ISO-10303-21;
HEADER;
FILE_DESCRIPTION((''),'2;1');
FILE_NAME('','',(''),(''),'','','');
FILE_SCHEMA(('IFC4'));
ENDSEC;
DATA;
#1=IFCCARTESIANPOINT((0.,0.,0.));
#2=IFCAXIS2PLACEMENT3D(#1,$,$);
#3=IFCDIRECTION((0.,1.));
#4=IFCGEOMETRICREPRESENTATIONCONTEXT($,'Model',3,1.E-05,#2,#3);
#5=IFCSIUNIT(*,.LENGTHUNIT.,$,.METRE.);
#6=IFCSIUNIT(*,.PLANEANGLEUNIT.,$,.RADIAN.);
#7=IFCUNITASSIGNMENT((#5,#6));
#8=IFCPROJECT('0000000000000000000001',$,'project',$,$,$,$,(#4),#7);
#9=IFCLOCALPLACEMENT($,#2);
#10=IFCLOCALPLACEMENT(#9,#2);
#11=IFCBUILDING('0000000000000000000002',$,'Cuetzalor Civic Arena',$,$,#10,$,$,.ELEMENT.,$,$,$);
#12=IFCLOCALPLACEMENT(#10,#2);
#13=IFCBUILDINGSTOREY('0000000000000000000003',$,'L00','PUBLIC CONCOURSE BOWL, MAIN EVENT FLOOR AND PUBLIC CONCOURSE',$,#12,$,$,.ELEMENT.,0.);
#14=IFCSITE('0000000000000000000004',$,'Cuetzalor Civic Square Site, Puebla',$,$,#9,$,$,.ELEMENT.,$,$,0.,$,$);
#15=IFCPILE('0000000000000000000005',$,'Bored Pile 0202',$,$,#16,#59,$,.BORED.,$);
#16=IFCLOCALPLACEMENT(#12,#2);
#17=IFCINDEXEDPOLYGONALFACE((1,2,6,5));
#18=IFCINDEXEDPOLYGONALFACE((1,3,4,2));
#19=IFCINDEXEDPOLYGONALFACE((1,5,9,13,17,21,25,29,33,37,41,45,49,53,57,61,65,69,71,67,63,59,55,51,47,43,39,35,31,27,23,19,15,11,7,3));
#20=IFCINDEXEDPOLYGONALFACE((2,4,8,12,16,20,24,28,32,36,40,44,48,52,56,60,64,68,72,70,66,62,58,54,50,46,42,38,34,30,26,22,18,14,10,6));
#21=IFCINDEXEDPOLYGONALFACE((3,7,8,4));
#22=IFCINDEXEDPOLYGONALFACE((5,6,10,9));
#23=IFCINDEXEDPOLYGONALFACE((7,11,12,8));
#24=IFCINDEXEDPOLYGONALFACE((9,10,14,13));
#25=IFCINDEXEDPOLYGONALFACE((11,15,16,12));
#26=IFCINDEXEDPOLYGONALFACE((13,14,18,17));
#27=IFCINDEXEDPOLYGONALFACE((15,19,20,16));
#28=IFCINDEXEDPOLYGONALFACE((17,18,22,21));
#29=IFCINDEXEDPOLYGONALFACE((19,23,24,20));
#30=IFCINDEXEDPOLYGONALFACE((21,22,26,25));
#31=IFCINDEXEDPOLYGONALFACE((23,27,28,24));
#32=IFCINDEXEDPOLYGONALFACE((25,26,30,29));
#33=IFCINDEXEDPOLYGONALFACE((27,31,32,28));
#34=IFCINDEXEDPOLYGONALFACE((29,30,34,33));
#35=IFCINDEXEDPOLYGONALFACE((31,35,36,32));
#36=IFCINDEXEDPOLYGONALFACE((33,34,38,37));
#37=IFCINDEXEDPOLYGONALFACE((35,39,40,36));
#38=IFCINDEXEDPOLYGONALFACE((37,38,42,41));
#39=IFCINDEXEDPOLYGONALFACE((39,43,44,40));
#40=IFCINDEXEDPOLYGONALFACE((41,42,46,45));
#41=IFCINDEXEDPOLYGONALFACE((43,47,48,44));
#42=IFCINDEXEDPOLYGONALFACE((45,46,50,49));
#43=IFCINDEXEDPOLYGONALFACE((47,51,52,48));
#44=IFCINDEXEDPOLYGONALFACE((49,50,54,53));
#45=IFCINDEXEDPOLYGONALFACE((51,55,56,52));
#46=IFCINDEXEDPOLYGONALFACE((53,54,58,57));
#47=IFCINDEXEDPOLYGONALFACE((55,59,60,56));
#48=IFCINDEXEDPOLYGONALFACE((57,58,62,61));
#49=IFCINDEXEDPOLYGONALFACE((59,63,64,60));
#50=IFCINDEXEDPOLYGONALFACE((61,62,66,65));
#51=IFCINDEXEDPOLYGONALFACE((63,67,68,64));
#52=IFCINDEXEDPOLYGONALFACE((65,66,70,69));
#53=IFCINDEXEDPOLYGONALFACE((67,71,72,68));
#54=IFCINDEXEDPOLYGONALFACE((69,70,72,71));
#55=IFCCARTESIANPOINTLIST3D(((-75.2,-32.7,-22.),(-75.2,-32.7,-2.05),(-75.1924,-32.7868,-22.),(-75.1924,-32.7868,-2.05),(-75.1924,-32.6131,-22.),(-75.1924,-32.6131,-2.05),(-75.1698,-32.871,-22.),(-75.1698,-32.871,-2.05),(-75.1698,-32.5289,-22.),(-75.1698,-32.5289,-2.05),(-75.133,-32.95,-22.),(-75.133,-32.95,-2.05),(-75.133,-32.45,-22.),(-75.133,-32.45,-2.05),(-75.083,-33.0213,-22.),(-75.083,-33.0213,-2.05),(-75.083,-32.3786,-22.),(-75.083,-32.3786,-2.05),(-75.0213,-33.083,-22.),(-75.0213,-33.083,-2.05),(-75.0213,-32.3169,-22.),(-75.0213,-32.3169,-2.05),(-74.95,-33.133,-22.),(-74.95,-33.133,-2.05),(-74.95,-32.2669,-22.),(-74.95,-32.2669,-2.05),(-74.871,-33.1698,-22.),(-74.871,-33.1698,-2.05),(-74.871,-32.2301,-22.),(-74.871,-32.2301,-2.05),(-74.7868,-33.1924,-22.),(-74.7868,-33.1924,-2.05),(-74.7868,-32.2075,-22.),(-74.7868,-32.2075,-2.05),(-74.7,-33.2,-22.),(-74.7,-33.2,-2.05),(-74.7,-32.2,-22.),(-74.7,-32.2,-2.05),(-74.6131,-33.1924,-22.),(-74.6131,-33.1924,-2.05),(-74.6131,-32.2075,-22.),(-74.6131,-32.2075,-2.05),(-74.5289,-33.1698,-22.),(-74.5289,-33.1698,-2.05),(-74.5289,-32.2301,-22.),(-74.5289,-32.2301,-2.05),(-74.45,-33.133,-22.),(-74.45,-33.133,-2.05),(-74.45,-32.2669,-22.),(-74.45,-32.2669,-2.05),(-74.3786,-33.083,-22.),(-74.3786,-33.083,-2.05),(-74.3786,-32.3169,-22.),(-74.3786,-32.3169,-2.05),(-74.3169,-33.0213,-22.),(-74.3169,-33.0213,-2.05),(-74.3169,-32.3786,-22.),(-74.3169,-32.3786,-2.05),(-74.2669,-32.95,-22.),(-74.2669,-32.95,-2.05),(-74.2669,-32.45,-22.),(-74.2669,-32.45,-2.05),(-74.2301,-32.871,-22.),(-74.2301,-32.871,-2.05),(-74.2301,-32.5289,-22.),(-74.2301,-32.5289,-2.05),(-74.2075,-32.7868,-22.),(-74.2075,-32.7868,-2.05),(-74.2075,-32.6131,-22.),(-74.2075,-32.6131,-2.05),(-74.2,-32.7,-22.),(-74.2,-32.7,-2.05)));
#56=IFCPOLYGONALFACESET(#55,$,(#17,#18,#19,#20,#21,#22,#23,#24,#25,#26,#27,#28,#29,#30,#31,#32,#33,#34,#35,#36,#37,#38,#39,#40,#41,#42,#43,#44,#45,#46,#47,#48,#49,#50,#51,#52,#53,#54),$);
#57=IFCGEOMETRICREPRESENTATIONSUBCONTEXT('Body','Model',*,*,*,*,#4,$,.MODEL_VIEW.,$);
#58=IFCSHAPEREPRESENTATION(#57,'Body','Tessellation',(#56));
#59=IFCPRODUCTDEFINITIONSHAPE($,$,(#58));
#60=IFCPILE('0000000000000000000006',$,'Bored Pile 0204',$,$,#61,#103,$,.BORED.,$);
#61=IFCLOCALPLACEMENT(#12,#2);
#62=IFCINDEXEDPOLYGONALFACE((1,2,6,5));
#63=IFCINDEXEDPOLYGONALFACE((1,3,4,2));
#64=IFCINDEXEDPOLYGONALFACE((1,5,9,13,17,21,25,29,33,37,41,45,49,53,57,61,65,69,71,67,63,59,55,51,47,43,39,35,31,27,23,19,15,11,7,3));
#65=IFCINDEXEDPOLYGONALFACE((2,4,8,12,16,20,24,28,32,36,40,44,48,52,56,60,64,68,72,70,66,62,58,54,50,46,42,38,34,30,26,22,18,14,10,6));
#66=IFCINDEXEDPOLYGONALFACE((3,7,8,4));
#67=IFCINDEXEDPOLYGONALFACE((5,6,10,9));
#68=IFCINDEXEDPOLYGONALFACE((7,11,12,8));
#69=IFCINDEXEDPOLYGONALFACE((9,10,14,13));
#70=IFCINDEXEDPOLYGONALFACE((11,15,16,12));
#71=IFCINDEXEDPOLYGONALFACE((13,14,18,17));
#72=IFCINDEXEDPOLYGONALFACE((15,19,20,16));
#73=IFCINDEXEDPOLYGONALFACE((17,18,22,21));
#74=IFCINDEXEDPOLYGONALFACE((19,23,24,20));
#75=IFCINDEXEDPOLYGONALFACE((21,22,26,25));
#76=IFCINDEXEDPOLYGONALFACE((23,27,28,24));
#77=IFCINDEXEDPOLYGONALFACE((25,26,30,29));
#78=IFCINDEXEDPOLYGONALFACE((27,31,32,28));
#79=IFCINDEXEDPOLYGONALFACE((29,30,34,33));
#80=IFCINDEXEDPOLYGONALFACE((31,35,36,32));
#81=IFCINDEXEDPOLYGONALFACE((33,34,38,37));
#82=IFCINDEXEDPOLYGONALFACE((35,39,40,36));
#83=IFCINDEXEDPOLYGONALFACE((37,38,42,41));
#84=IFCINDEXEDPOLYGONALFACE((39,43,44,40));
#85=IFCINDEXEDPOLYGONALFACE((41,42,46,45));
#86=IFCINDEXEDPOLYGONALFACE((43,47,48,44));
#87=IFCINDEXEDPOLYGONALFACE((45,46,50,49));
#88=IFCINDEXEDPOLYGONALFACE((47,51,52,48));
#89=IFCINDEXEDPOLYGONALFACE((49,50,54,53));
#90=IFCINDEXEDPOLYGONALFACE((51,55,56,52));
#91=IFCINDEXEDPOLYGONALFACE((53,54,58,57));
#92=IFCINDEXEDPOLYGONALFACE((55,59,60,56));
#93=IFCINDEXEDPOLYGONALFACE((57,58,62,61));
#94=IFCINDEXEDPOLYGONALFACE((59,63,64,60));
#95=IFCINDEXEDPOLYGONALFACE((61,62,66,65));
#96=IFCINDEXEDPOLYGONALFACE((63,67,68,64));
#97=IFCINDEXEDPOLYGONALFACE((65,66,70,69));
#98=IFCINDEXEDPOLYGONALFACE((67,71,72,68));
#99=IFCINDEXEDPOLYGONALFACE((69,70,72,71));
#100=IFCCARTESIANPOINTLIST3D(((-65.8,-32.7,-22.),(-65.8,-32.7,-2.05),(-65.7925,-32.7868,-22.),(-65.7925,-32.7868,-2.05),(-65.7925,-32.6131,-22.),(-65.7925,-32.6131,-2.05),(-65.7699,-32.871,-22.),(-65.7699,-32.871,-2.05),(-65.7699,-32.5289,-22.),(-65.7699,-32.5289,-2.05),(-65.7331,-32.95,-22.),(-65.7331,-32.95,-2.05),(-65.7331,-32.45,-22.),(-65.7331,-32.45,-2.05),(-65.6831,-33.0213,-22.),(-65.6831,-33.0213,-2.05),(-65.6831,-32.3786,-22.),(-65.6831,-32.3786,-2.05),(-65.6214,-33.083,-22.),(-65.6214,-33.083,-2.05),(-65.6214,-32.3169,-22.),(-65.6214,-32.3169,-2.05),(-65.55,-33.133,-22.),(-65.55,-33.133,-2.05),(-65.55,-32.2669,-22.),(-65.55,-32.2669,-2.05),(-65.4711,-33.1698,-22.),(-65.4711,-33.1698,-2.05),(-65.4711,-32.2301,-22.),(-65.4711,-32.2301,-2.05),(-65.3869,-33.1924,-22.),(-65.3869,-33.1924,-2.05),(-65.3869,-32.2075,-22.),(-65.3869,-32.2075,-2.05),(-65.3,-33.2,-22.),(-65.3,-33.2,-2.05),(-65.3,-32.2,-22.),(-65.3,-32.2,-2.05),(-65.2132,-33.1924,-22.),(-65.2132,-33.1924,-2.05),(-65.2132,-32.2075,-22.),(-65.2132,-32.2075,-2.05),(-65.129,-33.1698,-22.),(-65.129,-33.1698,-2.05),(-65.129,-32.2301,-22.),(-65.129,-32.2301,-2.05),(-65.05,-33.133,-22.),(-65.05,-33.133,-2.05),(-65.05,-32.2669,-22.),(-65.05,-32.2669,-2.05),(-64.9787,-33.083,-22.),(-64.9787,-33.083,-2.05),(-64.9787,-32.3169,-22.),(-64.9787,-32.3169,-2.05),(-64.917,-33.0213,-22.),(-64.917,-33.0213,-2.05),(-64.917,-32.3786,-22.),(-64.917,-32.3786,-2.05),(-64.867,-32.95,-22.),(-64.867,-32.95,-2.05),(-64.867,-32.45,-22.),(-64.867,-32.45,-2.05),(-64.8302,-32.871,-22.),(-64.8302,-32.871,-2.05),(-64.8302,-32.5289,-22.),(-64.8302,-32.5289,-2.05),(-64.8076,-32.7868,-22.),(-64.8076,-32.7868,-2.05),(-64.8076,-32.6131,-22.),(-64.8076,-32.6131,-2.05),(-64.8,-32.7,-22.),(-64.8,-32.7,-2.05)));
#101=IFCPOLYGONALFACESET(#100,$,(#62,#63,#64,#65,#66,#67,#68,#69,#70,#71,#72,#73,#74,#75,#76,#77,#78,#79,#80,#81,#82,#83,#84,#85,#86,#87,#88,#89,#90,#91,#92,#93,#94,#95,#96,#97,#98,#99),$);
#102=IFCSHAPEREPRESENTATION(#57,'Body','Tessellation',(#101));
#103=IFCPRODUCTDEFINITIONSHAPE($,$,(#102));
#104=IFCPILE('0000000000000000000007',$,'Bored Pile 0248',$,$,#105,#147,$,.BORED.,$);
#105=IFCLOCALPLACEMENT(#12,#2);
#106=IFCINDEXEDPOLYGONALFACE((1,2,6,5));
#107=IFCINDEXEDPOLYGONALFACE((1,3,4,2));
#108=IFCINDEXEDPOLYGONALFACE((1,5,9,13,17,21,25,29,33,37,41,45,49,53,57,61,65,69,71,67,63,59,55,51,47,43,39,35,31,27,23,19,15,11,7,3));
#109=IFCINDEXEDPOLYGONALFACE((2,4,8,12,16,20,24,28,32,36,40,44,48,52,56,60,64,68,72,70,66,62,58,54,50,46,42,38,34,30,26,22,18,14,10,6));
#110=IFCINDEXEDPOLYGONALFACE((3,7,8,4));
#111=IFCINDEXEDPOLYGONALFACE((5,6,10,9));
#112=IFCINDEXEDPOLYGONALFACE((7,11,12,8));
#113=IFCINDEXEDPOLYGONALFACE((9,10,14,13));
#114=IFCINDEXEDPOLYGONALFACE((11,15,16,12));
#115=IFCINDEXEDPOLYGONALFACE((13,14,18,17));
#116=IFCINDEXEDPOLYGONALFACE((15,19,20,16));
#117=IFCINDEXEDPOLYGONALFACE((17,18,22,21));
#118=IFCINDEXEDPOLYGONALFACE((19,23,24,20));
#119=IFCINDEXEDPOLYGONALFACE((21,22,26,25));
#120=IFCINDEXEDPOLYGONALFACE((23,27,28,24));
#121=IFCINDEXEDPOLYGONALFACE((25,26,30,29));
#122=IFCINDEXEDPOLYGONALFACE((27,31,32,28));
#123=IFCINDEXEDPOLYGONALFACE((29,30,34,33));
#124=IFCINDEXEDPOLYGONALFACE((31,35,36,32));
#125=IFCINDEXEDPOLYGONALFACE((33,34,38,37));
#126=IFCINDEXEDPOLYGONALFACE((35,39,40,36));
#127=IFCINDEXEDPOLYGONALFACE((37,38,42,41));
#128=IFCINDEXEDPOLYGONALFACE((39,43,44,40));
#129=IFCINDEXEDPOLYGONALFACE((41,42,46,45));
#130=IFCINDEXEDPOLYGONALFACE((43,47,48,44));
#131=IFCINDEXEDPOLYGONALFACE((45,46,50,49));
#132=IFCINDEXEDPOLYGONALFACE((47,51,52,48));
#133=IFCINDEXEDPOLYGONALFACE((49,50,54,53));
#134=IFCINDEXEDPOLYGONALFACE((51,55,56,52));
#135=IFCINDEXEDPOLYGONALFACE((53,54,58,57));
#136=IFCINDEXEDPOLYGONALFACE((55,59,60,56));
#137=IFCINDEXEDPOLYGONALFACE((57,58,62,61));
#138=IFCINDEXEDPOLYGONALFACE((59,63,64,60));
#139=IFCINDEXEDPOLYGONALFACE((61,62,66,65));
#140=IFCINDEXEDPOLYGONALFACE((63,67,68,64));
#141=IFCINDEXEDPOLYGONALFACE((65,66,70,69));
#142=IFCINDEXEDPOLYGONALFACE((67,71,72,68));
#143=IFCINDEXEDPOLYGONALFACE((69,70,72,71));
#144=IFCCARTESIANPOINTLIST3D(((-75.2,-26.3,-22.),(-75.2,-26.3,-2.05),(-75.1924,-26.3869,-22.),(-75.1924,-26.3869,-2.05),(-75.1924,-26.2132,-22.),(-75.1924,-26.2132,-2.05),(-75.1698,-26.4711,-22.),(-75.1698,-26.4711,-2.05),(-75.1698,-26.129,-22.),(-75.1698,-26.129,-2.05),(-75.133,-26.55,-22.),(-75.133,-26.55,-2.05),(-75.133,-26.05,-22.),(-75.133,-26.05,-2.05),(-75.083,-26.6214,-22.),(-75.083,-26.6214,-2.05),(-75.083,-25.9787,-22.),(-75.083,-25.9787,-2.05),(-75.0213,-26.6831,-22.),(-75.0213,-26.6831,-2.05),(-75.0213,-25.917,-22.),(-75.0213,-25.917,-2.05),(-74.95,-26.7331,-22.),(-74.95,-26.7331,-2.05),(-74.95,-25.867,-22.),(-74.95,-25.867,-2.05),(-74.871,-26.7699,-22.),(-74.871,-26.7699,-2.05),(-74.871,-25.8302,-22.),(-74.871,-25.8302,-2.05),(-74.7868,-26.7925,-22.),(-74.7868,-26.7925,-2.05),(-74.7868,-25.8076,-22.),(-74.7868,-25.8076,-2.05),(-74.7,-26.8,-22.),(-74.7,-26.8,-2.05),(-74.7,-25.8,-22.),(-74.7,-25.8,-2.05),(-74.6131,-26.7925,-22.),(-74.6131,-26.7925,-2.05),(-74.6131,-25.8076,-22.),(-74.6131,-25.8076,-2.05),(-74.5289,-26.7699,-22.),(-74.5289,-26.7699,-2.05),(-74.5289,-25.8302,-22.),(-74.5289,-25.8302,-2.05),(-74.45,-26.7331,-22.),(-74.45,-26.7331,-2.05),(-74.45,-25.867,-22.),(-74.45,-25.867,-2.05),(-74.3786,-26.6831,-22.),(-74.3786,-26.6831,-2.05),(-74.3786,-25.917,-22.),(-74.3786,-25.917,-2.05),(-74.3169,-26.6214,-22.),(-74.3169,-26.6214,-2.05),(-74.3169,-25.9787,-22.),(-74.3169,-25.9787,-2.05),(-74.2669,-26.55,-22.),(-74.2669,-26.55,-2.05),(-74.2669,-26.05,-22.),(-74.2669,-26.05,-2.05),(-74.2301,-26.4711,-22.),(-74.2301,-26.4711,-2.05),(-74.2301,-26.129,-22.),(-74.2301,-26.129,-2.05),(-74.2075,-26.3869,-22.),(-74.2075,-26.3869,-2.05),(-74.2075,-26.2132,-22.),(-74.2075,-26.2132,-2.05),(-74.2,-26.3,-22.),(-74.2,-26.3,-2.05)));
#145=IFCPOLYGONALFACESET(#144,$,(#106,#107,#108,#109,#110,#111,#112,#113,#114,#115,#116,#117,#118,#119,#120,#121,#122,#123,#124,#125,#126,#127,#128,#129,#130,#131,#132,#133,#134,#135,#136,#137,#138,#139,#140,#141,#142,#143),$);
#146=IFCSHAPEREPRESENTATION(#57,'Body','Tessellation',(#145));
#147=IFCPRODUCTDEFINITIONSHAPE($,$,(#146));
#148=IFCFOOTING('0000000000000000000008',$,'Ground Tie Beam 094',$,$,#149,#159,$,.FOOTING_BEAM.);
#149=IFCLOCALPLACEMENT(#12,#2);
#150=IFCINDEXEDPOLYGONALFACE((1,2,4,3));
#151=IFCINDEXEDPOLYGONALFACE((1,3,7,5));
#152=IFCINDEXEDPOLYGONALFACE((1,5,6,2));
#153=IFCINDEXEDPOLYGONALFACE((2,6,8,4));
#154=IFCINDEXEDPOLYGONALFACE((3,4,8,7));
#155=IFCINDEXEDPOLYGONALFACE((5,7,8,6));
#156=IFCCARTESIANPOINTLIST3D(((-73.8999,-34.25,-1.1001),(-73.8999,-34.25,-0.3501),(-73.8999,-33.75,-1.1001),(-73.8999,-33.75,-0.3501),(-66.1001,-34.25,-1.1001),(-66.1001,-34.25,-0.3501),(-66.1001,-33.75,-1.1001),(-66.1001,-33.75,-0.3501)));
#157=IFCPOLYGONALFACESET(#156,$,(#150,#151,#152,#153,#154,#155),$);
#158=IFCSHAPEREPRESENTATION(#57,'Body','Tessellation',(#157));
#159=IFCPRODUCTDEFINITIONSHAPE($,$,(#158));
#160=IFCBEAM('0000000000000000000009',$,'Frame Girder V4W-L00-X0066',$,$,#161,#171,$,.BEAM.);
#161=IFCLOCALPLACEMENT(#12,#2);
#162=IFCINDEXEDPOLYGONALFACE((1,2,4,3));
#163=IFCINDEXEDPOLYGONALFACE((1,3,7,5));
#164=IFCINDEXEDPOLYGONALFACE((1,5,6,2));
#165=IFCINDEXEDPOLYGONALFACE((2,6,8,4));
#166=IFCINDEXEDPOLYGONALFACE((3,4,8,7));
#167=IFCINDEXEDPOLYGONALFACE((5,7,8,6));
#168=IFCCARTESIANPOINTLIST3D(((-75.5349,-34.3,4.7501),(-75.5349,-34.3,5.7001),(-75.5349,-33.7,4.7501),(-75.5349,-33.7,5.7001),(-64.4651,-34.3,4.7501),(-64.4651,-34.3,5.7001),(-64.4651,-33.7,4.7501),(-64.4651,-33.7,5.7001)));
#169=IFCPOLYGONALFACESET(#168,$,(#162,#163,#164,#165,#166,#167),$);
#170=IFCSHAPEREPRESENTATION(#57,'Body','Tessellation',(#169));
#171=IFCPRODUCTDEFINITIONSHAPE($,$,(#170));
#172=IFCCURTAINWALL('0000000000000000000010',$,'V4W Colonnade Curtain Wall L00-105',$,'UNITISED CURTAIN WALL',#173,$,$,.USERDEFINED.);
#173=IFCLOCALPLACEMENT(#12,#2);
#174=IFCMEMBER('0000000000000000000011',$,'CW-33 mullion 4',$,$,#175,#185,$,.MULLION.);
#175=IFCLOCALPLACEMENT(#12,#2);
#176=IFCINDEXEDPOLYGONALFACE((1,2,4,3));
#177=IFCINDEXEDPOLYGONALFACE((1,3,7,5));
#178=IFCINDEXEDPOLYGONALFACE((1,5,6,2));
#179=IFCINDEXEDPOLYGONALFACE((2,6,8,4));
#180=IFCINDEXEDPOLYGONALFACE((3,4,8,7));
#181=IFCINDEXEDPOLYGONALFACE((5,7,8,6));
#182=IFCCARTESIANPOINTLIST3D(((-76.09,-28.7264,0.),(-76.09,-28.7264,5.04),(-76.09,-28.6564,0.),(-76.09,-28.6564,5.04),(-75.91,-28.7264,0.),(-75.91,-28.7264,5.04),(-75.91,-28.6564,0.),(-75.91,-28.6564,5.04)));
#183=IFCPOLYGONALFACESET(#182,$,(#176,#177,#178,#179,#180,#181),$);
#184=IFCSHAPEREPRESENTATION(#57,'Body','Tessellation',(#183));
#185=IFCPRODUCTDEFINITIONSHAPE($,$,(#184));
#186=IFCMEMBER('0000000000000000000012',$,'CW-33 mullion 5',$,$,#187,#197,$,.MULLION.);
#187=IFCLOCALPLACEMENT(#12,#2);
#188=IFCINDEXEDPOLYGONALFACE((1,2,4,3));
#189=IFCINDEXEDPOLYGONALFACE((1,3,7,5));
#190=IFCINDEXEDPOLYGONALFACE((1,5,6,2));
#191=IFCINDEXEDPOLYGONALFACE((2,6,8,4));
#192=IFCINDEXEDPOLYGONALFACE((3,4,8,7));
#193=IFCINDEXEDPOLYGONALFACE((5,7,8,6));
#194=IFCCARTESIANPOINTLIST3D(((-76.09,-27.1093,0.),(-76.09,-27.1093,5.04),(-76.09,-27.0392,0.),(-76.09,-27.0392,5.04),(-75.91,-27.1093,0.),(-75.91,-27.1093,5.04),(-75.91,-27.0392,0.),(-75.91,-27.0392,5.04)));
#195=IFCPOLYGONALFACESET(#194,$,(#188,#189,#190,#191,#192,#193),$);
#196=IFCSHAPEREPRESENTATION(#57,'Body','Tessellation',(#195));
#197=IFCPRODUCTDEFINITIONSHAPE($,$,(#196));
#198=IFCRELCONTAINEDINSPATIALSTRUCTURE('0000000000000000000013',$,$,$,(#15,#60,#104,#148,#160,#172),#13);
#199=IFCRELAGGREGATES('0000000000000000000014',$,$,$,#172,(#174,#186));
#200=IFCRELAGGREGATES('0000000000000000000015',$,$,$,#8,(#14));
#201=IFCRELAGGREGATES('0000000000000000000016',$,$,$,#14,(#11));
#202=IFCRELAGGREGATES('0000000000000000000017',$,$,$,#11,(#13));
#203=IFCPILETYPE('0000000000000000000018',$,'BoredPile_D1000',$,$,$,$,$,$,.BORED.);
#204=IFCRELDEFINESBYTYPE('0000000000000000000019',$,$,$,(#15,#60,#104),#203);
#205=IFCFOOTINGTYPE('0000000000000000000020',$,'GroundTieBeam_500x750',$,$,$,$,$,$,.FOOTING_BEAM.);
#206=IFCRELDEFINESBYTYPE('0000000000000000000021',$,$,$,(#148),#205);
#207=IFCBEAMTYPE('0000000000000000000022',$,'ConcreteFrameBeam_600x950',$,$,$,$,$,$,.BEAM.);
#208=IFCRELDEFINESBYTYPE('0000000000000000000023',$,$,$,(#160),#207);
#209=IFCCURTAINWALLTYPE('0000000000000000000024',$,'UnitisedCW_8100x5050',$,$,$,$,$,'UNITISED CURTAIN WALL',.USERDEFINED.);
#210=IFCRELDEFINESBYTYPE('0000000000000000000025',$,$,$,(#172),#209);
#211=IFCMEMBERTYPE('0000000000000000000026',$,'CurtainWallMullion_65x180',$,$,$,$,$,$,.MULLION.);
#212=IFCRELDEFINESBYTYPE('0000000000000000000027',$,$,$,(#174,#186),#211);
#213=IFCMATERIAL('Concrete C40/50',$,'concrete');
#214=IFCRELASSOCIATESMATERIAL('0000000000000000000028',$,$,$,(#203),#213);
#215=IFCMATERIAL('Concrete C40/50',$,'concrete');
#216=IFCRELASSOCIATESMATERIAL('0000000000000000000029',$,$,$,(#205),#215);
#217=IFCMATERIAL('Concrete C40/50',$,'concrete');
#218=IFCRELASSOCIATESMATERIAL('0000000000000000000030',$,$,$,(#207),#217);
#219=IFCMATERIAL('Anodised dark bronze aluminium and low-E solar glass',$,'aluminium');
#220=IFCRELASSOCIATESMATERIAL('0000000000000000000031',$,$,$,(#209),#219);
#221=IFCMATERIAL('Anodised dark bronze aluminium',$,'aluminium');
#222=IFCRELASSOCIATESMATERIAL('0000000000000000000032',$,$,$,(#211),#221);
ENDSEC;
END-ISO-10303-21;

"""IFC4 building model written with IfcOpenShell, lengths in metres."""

from ifc_helpers import new_model, si_unit, direction, frame, origin, origin_2d, place, context, subcontext, project, spatial, rectangle, circle, extrude, material, material_profile, profile_set, type_object, element, aggregate, save


model = new_model("IFC4")

# Units and contexts
model_context = context("Model", 3, precision=1e-05, world=origin(), true_north=direction((0.0, 1.0)))
body_context = subcontext(model_context, "Body", "Model", "MODEL_VIEW")
ifc_project = project(units=[si_unit("LENGTHUNIT", "METRE"), si_unit("PLANEANGLEUNIT", "RADIAN")], contexts=[model_context])

# Site, building, storey
site_placement = place(None, origin())
site = spatial("IfcSite", under=ifc_project, at=site_placement, Name="Cuetzalor Civic Square Site, Puebla", CompositionType="ELEMENT", RefElevation=0.0)
building_placement = place(site_placement, origin())
building = spatial("IfcBuilding", under=site, at=building_placement, Name="Cuetzalor Civic Arena", CompositionType="ELEMENT")
storey_placement = place(building_placement, origin())
storey = spatial("IfcBuildingStorey", under=building, at=storey_placement, Name="L00", Description="PUBLIC CONCOURSE BOWL, MAIN EVENT FLOOR AND PUBLIC CONCOURSE", CompositionType="ELEMENT", Elevation=0.0)

# Piles
ifc_material_1 = material(Name="Concrete C40/50", Category="concrete")
ifc_material_profile_1 = material_profile(ifc_material_1, circle(Radius=0.5, at=origin_2d()), Name="BORED PILE D1000")
ifc_profile_set_1 = profile_set([ifc_material_profile_1], Name="Concrete C40/50")
pile_type = type_object("IfcPileType", Name="BoredPile_D1000", PredefinedType="BORED", material=ifc_profile_set_1)
for number, where, z_axis, x_axis, name in (
    (1, (-74.7, -32.7, -2.05), (0.0, 0.0, -1.0), (1.0, 0.0, 0.0), "Bored Pile 0202"),
    (2, (-65.3, -32.7, -2.05), (0.0, 0.0, -1.0), (1.0, 0.0, 0.0), "Bored Pile 0204"),
    (3, (-74.7, -26.3, -2.05), (0.0, 0.0, -1.0), (1.0, 0.0, 0.0), "Bored Pile 0248"),
):
    element("IfcPile", number, at=place(storey_placement, frame(where, z_axis=z_axis, x_axis=x_axis)), inside=storey, type_object=pile_type, Name=name, PredefinedType="BORED", context=body_context, shape_type="SweptSolid", body=[
        extrude(circle(Radius=0.5, at=origin_2d()), origin(), (0.0, 0.0, 1.0), 19.95),
    ])

# Footing
ifc_material_2 = material(Name="Concrete C40/50", Category="concrete")
ifc_material_profile_2 = material_profile(ifc_material_2, rectangle(XDim=0.5, YDim=0.75, at=origin_2d()), Name="RC 500x750")
ifc_profile_set_2 = profile_set([ifc_material_profile_2], Name="Concrete C40/50")
footing_type = type_object("IfcFootingType", Name="GroundTieBeam_500x750", PredefinedType="FOOTING_BEAM", material=ifc_profile_set_2)
footing_placement = place(storey_placement, frame((-73.8999, -34.0, -0.7251), z_axis=(1.0, 0.0, 0.0), x_axis=(0.0, 1.0, 0.0)))
element("IfcFooting", 4, at=footing_placement, inside=storey, type_object=footing_type, Name="Ground Tie Beam 094", PredefinedType="FOOTING_BEAM", context=body_context, shape_type="SweptSolid", body=[
    extrude(rectangle(XDim=0.5, YDim=0.75, at=origin_2d()), origin(), (0.0, 0.0, 1.0), 7.7998),
])

# Beam
ifc_material_3 = material(Name="Concrete C40/50", Category="concrete")
ifc_material_profile_3 = material_profile(ifc_material_3, rectangle(XDim=0.6001, YDim=0.95, at=origin_2d()), Name="RC 600x950")
ifc_profile_set_3 = profile_set([ifc_material_profile_3], Name="Concrete C40/50")
beam_type = type_object("IfcBeamType", Name="ConcreteFrameBeam_600x950", PredefinedType="BEAM", material=ifc_profile_set_3)
beam_placement = place(storey_placement, frame((-75.5349, -34.0, 5.2251), z_axis=(1.0, 0.0, 0.0), x_axis=(0.0, 1.0, 0.0)))
element("IfcBeam", 5, at=beam_placement, inside=storey, type_object=beam_type, Name="Frame Girder V4W-L00-X0066", PredefinedType="BEAM", context=body_context, shape_type="SweptSolid", body=[
    extrude(rectangle(XDim=0.6001, YDim=0.95, at=origin_2d()), origin(), (0.0, 0.0, 1.0), 11.0698),
])

# Curtain wall, members
ifc_material_4 = material(Name="Anodised dark bronze aluminium and low-E solar glass", Category="aluminium")
curtain_wall_type = type_object("IfcCurtainWallType", Name="UnitisedCW_8100x5050", ElementType="UNITISED CURTAIN WALL", PredefinedType="USERDEFINED", material=ifc_material_4)
curtain_wall_placement = place(storey_placement, origin())
curtain_wall = element("IfcCurtainWall", 6, at=curtain_wall_placement, inside=storey, type_object=curtain_wall_type, Name="V4W Colonnade Curtain Wall L00-105", ObjectType="UNITISED CURTAIN WALL", PredefinedType="USERDEFINED")
ifc_material_5 = material(Name="Anodised dark bronze aluminium", Category="aluminium")
ifc_material_profile_4 = material_profile(ifc_material_5, rectangle(XDim=0.0701, YDim=0.1799, at=origin_2d()), Name="ALU MULLION 70x180")
ifc_profile_set_4 = profile_set([ifc_material_profile_4], Name="Anodised dark bronze aluminium")
member_type_1 = type_object("IfcMemberType", Name="CurtainWallMullion_65x180", PredefinedType="MULLION", material=ifc_profile_set_4)
member_1_placement = place(storey_placement, frame((-76.0, -28.6914, 0.0), z_axis=(0.0, 0.0, 1.0), x_axis=(0.0, 1.0, 0.0)))
member_1 = element("IfcMember", 7, at=member_1_placement, type_object=member_type_1, Name="CW-33 mullion 4", PredefinedType="MULLION", context=body_context, shape_type="SweptSolid", body=[
    extrude(rectangle(XDim=0.0701, YDim=0.1799, at=origin_2d()), origin(), (0.0, 0.0, 1.0), 5.04),
])
member_2_placement = place(storey_placement, frame((-76.0, -27.0742, 0.0), z_axis=(0.0, 0.0, 1.0), x_axis=(0.0, 1.0, 0.0)))
member_2 = element("IfcMember", 8, at=member_2_placement, type_object=member_type_1, Name="CW-33 mullion 5", PredefinedType="MULLION", context=body_context, shape_type="SweptSolid", body=[
    extrude(rectangle(XDim=0.0701, YDim=0.1799, at=origin_2d()), origin(), (0.0, 0.0, 1.0), 5.04),
])
aggregate(curtain_wall, [member_1, member_2])

save(model, "model.ifc")
